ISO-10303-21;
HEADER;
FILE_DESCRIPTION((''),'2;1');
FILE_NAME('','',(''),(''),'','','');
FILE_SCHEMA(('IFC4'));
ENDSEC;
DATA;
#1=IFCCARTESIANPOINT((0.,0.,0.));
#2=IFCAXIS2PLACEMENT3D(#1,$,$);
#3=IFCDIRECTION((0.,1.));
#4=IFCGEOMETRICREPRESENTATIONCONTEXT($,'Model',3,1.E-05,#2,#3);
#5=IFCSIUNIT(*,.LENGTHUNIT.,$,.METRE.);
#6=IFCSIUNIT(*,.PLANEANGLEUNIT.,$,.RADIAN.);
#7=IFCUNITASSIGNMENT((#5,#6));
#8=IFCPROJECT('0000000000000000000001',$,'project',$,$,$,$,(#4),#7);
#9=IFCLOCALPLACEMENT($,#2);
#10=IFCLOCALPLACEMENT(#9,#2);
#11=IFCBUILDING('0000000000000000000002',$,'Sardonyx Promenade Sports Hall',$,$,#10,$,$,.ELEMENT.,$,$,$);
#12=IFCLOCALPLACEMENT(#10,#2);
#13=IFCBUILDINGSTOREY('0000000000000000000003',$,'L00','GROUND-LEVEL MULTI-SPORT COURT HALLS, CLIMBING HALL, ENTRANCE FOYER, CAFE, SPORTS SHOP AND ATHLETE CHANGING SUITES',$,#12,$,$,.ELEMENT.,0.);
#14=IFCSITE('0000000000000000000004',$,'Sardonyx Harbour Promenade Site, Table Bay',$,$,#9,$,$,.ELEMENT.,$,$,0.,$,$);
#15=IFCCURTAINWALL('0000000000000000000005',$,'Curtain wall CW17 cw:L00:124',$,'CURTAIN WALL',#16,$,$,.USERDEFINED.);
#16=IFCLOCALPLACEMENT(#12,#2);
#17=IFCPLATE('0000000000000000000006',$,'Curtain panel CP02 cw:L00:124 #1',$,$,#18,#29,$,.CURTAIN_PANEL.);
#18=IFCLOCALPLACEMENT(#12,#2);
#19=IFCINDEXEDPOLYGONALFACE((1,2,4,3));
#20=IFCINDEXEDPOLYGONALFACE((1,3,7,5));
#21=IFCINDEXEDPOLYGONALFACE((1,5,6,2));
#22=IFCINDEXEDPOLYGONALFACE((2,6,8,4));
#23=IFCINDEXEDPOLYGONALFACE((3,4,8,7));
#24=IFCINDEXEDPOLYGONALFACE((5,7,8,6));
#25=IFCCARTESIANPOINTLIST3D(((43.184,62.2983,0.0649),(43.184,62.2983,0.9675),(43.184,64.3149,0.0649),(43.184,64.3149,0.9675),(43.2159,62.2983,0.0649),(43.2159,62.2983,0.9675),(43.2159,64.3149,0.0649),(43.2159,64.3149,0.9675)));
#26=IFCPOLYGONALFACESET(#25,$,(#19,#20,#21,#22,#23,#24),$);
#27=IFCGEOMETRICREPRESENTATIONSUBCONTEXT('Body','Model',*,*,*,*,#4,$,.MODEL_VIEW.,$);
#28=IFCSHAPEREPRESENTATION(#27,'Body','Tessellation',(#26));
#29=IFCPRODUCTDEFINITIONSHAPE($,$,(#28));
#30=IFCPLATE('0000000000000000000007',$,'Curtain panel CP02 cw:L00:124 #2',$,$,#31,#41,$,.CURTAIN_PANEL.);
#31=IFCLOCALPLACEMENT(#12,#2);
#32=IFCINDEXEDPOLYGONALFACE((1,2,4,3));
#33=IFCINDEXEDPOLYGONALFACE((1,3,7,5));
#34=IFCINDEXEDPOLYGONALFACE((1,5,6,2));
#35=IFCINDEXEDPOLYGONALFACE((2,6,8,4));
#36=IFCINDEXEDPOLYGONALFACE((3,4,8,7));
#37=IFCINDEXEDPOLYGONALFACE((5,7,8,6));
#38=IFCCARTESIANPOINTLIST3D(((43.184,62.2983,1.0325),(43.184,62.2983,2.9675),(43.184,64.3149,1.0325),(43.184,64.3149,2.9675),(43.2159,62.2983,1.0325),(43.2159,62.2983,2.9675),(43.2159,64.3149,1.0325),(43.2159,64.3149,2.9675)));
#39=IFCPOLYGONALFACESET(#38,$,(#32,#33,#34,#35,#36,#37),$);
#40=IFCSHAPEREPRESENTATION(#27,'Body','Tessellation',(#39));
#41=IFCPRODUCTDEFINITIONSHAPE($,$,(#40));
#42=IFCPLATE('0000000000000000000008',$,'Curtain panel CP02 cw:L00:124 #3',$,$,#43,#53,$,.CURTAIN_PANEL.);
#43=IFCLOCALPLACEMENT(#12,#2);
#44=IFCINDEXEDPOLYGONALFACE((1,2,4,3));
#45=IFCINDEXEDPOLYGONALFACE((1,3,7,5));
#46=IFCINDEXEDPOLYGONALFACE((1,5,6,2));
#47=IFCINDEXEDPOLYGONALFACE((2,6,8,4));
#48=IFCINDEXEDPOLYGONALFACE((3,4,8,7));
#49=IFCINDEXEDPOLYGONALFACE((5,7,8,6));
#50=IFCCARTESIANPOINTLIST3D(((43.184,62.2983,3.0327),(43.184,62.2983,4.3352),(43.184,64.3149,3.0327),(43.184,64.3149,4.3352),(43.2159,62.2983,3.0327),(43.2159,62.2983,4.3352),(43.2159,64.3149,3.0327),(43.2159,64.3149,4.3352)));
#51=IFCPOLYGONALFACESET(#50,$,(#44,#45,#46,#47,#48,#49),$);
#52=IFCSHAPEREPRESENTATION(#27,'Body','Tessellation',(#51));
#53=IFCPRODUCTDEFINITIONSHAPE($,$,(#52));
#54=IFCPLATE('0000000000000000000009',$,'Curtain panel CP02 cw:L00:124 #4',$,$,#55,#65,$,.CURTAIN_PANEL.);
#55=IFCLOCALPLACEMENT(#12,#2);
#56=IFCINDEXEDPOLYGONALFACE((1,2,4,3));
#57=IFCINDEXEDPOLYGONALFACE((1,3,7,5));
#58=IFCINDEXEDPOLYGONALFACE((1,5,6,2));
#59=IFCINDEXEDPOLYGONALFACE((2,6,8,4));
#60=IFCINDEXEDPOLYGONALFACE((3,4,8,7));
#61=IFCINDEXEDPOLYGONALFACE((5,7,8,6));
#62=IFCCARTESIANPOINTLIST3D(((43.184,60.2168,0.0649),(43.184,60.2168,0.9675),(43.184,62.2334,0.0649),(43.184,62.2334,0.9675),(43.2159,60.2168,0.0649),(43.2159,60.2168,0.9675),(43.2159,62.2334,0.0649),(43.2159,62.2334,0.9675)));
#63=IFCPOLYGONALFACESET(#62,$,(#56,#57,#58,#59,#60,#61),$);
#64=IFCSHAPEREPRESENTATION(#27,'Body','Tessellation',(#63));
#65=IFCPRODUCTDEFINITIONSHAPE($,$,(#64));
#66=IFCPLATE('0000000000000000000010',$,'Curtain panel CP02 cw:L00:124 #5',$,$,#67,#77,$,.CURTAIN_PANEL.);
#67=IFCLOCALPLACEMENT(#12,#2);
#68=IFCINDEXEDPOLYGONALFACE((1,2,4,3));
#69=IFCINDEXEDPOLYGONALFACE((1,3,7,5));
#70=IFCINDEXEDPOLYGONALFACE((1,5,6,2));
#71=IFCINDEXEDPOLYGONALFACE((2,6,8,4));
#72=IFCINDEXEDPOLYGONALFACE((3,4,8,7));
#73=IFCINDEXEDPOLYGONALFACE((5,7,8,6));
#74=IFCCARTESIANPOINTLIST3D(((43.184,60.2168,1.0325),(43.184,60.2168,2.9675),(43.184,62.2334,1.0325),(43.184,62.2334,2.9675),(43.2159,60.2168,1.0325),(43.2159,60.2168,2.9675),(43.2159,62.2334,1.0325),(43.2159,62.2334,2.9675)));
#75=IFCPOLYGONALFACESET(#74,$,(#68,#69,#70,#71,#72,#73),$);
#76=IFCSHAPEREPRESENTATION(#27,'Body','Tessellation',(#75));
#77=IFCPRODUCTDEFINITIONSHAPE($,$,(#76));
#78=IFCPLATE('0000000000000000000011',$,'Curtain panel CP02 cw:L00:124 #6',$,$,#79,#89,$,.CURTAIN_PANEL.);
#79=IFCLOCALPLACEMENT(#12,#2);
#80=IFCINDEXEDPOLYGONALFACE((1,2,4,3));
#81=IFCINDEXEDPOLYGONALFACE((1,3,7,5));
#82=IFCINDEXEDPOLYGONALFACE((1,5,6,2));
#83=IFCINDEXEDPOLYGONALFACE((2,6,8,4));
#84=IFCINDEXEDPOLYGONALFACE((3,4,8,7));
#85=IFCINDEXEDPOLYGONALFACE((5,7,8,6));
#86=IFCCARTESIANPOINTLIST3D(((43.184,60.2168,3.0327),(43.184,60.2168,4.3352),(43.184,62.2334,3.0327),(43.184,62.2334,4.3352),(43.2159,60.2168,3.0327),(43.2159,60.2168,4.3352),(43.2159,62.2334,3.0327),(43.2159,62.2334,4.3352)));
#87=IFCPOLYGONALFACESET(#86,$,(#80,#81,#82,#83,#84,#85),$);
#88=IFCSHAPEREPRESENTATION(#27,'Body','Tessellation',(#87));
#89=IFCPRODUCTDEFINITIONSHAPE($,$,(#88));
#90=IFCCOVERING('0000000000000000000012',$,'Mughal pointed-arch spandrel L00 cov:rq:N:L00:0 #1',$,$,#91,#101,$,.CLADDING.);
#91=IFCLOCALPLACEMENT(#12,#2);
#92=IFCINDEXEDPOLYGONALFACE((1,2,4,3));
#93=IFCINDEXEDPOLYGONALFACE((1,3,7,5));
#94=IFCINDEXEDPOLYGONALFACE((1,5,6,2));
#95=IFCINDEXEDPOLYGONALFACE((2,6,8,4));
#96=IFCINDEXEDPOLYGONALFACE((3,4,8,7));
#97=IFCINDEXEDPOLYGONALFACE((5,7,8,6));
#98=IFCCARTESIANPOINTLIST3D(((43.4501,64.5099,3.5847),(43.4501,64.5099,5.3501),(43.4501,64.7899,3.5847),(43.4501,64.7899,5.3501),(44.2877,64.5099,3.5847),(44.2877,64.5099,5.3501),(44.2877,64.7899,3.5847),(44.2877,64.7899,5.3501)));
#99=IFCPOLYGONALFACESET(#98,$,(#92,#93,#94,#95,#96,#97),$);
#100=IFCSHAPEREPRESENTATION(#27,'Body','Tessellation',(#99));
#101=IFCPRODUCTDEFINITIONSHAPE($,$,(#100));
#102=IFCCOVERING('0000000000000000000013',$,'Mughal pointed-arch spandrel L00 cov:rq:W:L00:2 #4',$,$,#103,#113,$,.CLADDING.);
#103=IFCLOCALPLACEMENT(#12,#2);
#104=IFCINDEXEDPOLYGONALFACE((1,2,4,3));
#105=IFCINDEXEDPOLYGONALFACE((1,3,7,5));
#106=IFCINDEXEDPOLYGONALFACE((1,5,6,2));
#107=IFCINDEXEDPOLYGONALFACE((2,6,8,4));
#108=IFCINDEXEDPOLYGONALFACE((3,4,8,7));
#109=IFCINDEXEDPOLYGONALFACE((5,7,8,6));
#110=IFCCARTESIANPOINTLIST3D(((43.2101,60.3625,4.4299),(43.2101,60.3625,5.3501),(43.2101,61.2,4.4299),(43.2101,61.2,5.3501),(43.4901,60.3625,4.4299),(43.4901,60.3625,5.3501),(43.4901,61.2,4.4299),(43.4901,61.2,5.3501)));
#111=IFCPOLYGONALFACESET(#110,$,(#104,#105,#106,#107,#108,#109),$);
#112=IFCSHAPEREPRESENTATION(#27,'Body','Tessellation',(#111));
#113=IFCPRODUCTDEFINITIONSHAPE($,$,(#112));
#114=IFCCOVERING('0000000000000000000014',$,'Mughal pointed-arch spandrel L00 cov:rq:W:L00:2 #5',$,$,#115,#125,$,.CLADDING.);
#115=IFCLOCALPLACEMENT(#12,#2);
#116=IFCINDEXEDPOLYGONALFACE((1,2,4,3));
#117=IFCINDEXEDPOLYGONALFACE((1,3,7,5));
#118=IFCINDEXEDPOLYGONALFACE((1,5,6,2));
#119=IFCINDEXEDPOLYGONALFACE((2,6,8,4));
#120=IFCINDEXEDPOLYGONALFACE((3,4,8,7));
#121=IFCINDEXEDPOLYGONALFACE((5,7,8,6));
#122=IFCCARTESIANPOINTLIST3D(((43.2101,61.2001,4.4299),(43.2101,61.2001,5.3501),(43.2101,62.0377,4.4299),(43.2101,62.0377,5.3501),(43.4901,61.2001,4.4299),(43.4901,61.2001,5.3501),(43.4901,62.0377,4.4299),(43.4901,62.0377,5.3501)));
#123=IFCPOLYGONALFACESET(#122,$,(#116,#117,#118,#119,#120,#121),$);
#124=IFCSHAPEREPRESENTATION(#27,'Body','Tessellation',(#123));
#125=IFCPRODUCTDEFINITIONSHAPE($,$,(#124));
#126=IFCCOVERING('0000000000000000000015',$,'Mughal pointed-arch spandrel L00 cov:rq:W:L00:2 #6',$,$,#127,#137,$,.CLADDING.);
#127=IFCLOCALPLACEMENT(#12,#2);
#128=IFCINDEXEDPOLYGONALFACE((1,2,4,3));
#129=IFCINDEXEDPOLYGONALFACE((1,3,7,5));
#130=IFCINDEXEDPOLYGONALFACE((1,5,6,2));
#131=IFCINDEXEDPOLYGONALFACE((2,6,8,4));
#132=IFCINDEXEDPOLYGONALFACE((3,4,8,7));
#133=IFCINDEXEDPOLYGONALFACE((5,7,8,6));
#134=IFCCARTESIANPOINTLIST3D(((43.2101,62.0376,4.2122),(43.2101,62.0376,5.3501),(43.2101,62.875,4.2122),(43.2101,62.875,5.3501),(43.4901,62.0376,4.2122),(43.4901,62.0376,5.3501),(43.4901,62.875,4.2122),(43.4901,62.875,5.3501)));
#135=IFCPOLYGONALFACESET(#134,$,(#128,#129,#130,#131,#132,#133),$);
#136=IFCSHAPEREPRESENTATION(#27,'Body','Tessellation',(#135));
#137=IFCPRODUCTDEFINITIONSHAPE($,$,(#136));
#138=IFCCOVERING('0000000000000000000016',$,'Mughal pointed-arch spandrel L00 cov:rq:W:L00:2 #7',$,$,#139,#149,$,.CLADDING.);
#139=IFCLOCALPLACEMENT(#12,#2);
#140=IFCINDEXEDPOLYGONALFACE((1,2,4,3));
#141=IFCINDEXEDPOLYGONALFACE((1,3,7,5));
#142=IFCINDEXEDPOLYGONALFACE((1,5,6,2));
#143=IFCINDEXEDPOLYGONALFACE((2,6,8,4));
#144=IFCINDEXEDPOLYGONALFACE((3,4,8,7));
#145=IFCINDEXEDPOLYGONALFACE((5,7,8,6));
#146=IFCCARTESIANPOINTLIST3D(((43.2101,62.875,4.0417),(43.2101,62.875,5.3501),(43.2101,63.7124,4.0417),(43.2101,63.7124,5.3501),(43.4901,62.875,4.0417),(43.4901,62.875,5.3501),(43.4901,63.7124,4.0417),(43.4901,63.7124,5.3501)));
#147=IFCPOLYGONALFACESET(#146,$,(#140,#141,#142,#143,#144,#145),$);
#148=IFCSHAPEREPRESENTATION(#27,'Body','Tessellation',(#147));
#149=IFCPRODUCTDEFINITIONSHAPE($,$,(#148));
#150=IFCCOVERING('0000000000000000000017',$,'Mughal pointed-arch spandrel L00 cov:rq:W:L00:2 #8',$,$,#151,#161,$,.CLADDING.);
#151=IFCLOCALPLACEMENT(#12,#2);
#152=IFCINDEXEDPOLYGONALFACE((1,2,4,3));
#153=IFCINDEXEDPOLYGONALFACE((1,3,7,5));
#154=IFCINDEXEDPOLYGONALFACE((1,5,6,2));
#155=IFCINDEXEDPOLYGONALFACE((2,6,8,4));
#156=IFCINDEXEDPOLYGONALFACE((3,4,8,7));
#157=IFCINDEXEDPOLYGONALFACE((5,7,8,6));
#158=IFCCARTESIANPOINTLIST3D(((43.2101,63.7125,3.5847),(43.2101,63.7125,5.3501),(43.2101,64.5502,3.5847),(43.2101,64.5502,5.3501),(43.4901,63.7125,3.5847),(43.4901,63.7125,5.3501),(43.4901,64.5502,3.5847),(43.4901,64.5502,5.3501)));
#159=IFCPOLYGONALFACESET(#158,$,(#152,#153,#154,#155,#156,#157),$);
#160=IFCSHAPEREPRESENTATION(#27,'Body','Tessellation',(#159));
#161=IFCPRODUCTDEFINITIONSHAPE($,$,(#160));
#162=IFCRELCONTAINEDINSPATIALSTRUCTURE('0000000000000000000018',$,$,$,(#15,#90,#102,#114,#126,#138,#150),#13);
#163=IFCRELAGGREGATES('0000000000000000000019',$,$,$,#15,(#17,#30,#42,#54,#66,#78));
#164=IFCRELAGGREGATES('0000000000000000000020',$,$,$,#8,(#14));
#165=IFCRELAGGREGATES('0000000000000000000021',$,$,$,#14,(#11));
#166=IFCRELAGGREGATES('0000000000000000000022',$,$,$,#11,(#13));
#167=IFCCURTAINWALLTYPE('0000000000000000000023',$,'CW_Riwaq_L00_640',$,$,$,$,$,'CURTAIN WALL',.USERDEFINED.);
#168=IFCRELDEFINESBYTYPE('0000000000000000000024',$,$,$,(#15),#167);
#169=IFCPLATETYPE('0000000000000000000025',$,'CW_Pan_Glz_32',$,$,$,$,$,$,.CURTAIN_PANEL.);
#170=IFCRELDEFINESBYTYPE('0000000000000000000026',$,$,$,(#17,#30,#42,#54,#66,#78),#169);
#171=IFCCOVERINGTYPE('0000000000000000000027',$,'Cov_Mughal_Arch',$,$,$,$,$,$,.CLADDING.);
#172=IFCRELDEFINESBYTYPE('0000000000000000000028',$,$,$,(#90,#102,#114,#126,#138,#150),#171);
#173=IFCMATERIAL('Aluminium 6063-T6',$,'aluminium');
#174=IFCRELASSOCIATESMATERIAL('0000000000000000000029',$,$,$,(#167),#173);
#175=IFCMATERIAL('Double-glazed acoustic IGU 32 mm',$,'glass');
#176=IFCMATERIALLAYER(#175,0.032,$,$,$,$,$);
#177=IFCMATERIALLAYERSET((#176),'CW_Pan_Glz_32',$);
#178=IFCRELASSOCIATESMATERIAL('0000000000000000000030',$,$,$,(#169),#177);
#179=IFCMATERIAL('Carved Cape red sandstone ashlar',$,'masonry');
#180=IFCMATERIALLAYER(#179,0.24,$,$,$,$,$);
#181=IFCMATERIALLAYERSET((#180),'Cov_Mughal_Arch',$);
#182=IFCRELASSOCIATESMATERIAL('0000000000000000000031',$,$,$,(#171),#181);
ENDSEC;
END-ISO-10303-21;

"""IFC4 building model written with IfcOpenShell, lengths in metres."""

from ifc_helpers import new_model, si_unit, direction, frame, frame_2d, origin, origin_2d, place, context, subcontext, project, spatial, rectangle, extrude, material, layer, layer_set, type_object, element, aggregate, save


model = new_model("IFC4")

# Units and contexts
model_context = context("Model", 3, precision=1e-05, world=origin(), true_north=direction((0.0, 1.0)))
body_context = subcontext(model_context, "Body", "Model", "MODEL_VIEW")
ifc_project = project(units=[si_unit("LENGTHUNIT", "METRE"), si_unit("PLANEANGLEUNIT", "RADIAN")], contexts=[model_context])

# Site, building, storey
site_placement = place(None, origin())
site = spatial("IfcSite", under=ifc_project, at=site_placement, Name="Sardonyx Harbour Promenade Site, Table Bay", CompositionType="ELEMENT", RefElevation=0.0)
building_placement = place(site_placement, origin())
building = spatial("IfcBuilding", under=site, at=building_placement, Name="Sardonyx Promenade Sports Hall", CompositionType="ELEMENT")
storey_placement = place(building_placement, origin())
storey = spatial("IfcBuildingStorey", under=building, at=storey_placement, Name="L00", Description="GROUND-LEVEL MULTI-SPORT COURT HALLS, CLIMBING HALL, ENTRANCE FOYER, CAFE, SPORTS SHOP AND ATHLETE CHANGING SUITES", CompositionType="ELEMENT", Elevation=0.0)

# Shared definitions
ifc_material_1 = material(Name="Aluminium 6063-T6", Category="aluminium")
curtain_wall_type = type_object("IfcCurtainWallType", Name="CW_Riwaq_L00_640", ElementType="CURTAIN WALL", PredefinedType="USERDEFINED", material=ifc_material_1)

# Curtain wall, plates
curtain_wall_1_placement = place(storey_placement, origin())
curtain_wall_1 = element("IfcCurtainWall", 1, at=curtain_wall_1_placement, inside=storey, type_object=curtain_wall_type, Name="Curtain wall CW17 cw:L00:124", ObjectType="CURTAIN WALL", PredefinedType="USERDEFINED")
ifc_material_2 = material(Name="Double-glazed acoustic IGU 32 mm", Category="glass")
ifc_layer_1 = layer(ifc_material_2, 0.032)
ifc_layer_set_1 = layer_set([ifc_layer_1], Name="CW_Pan_Glz_32")
plate_type = type_object("IfcPlateType", Name="CW_Pan_Glz_32", PredefinedType="CURTAIN_PANEL", material=ifc_layer_set_1)
plate_1_placement = place(storey_placement, frame((43.2, 63.3066, 0.0649), z_axis=(0.0, 0.0, 1.0), x_axis=(0.0, -1.0, 0.0)))
plate_1 = element("IfcPlate", 2, at=plate_1_placement, type_object=plate_type, Name="Curtain panel CP02 cw:L00:124 #1", PredefinedType="CURTAIN_PANEL", context=body_context, shape_type="SweptSolid", body=[
    extrude(rectangle(XDim=2.0166, YDim=0.032, at=origin_2d()), origin(), (0.0, 0.0, 1.0), 0.9026),
])
plate_2_placement = place(storey_placement, frame((43.2, 63.3066, 1.0325), z_axis=(0.0, 0.0, 1.0), x_axis=(0.0, -1.0, 0.0)))
plate_2 = element("IfcPlate", 3, at=plate_2_placement, type_object=plate_type, Name="Curtain panel CP02 cw:L00:124 #2", PredefinedType="CURTAIN_PANEL", context=body_context, shape_type="SweptSolid", body=[
    extrude(rectangle(XDim=2.0166, YDim=0.032, at=origin_2d()), origin(), (0.0, 0.0, 1.0), 1.9351),
])
plate_3_placement = place(storey_placement, frame((43.2, 63.3066, 3.0327), z_axis=(0.0, 0.0, 1.0), x_axis=(0.0, -1.0, 0.0)))
plate_3 = element("IfcPlate", 4, at=plate_3_placement, type_object=plate_type, Name="Curtain panel CP02 cw:L00:124 #3", PredefinedType="CURTAIN_PANEL", context=body_context, shape_type="SweptSolid", body=[
    extrude(rectangle(XDim=2.0166, YDim=0.032, at=origin_2d()), origin(), (0.0, 0.0, 1.0), 1.3025),
])
plate_4_placement = place(storey_placement, frame((43.2, 61.2251, 0.0649), z_axis=(0.0, 0.0, 1.0), x_axis=(0.0, -1.0, 0.0)))
plate_4 = element("IfcPlate", 5, at=plate_4_placement, type_object=plate_type, Name="Curtain panel CP02 cw:L00:124 #4", PredefinedType="CURTAIN_PANEL", context=body_context, shape_type="SweptSolid", body=[
    extrude(rectangle(XDim=2.0166, YDim=0.032, at=origin_2d()), origin(), (0.0, 0.0, 1.0), 0.9026),
])
plate_5_placement = place(storey_placement, frame((43.2, 61.2251, 1.0325), z_axis=(0.0, 0.0, 1.0), x_axis=(0.0, -1.0, 0.0)))
plate_5 = element("IfcPlate", 6, at=plate_5_placement, type_object=plate_type, Name="Curtain panel CP02 cw:L00:124 #5", PredefinedType="CURTAIN_PANEL", context=body_context, shape_type="SweptSolid", body=[
    extrude(rectangle(XDim=2.0166, YDim=0.032, at=origin_2d()), origin(), (0.0, 0.0, 1.0), 1.9351),
])
plate_6_placement = place(storey_placement, frame((43.2, 61.2251, 3.0327), z_axis=(0.0, 0.0, 1.0), x_axis=(0.0, -1.0, 0.0)))
plate_6 = element("IfcPlate", 7, at=plate_6_placement, type_object=plate_type, Name="Curtain panel CP02 cw:L00:124 #6", PredefinedType="CURTAIN_PANEL", context=body_context, shape_type="SweptSolid", body=[
    extrude(rectangle(XDim=2.0166, YDim=0.032, at=origin_2d()), origin(), (0.0, 0.0, 1.0), 1.3025),
])
aggregate(curtain_wall_1, [plate_1, plate_2, plate_3, plate_4, plate_5, plate_6])

# Coverings
ifc_material_3 = material(Name="Carved Cape red sandstone ashlar", Category="masonry")
ifc_layer_2 = layer(ifc_material_3, 0.24)
ifc_layer_set_2 = layer_set([ifc_layer_2], Name="Cov_Mughal_Arch")
covering_type = type_object("IfcCoveringType", Name="Cov_Mughal_Arch", PredefinedType="CLADDING", material=ifc_layer_set_2)
covering_1_placement = place(storey_placement, frame((43.45, 64.6499, 3.5847), z_axis=(0.0, 0.0, 1.0), x_axis=(1.0, 0.0, 0.0)))
element("IfcCovering", 8, at=covering_1_placement, inside=storey, type_object=covering_type, Name="Mughal pointed-arch spandrel L00 cov:rq:N:L00:0 #1", PredefinedType="CLADDING", context=body_context, shape_type="SweptSolid", body=[
    extrude(rectangle(XDim=0.8376, YDim=0.28, at=frame_2d((0.4189, 0.0))), origin(), (0.0, 0.0, 1.0), 1.7654),
])
covering_2_placement = place(storey_placement, frame((43.3501, 60.3625, 4.4299), z_axis=(0.0, 0.0, 1.0), x_axis=(0.0, 1.0, 0.0)))
element("IfcCovering", 9, at=covering_2_placement, inside=storey, type_object=covering_type, Name="Mughal pointed-arch spandrel L00 cov:rq:W:L00:2 #4", PredefinedType="CLADDING", context=body_context, shape_type="SweptSolid", body=[
    extrude(rectangle(XDim=0.8374, YDim=0.28, at=frame_2d((0.4187, 0.0))), origin(), (0.0, 0.0, 1.0), 0.9202),
])
covering_3_placement = place(storey_placement, frame((43.3501, 61.2, 4.4299), z_axis=(0.0, 0.0, 1.0), x_axis=(0.0, 1.0, 0.0)))
element("IfcCovering", 10, at=covering_3_placement, inside=storey, type_object=covering_type, Name="Mughal pointed-arch spandrel L00 cov:rq:W:L00:2 #5", PredefinedType="CLADDING", context=body_context, shape_type="SweptSolid", body=[
    extrude(rectangle(XDim=0.8376, YDim=0.28, at=frame_2d((0.4189, 0.0))), origin(), (0.0, 0.0, 1.0), 0.9202),
])
covering_4_placement = place(storey_placement, frame((43.3501, 62.0376, 4.2122), z_axis=(0.0, 0.0, 1.0), x_axis=(0.0, 1.0, 0.0)))
element("IfcCovering", 11, at=covering_4_placement, inside=storey, type_object=covering_type, Name="Mughal pointed-arch spandrel L00 cov:rq:W:L00:2 #6", PredefinedType="CLADDING", context=body_context, shape_type="SweptSolid", body=[
    extrude(rectangle(XDim=0.8374, YDim=0.28, at=frame_2d((0.4187, 0.0))), origin(), (0.0, 0.0, 1.0), 1.1379),
])
covering_5_placement = place(storey_placement, frame((43.3501, 62.875, 4.0417), z_axis=(0.0, 0.0, 1.0), x_axis=(0.0, 1.0, 0.0)))
element("IfcCovering", 12, at=covering_5_placement, inside=storey, type_object=covering_type, Name="Mughal pointed-arch spandrel L00 cov:rq:W:L00:2 #7", PredefinedType="CLADDING", context=body_context, shape_type="SweptSolid", body=[
    extrude(rectangle(XDim=0.8374, YDim=0.28, at=frame_2d((0.4187, 0.0))), origin(), (0.0, 0.0, 1.0), 1.3083),
])
covering_6_placement = place(storey_placement, frame((43.3501, 63.7124, 3.5847), z_axis=(0.0, 0.0, 1.0), x_axis=(0.0, 1.0, 0.0)))
element("IfcCovering", 13, at=covering_6_placement, inside=storey, type_object=covering_type, Name="Mughal pointed-arch spandrel L00 cov:rq:W:L00:2 #8", PredefinedType="CLADDING", context=body_context, shape_type="SweptSolid", body=[
    extrude(rectangle(XDim=0.8376, YDim=0.28, at=frame_2d((0.4189, 0.0))), origin(), (0.0, 0.0, 1.0), 1.7654),
])

save(model, "model.ifc")
